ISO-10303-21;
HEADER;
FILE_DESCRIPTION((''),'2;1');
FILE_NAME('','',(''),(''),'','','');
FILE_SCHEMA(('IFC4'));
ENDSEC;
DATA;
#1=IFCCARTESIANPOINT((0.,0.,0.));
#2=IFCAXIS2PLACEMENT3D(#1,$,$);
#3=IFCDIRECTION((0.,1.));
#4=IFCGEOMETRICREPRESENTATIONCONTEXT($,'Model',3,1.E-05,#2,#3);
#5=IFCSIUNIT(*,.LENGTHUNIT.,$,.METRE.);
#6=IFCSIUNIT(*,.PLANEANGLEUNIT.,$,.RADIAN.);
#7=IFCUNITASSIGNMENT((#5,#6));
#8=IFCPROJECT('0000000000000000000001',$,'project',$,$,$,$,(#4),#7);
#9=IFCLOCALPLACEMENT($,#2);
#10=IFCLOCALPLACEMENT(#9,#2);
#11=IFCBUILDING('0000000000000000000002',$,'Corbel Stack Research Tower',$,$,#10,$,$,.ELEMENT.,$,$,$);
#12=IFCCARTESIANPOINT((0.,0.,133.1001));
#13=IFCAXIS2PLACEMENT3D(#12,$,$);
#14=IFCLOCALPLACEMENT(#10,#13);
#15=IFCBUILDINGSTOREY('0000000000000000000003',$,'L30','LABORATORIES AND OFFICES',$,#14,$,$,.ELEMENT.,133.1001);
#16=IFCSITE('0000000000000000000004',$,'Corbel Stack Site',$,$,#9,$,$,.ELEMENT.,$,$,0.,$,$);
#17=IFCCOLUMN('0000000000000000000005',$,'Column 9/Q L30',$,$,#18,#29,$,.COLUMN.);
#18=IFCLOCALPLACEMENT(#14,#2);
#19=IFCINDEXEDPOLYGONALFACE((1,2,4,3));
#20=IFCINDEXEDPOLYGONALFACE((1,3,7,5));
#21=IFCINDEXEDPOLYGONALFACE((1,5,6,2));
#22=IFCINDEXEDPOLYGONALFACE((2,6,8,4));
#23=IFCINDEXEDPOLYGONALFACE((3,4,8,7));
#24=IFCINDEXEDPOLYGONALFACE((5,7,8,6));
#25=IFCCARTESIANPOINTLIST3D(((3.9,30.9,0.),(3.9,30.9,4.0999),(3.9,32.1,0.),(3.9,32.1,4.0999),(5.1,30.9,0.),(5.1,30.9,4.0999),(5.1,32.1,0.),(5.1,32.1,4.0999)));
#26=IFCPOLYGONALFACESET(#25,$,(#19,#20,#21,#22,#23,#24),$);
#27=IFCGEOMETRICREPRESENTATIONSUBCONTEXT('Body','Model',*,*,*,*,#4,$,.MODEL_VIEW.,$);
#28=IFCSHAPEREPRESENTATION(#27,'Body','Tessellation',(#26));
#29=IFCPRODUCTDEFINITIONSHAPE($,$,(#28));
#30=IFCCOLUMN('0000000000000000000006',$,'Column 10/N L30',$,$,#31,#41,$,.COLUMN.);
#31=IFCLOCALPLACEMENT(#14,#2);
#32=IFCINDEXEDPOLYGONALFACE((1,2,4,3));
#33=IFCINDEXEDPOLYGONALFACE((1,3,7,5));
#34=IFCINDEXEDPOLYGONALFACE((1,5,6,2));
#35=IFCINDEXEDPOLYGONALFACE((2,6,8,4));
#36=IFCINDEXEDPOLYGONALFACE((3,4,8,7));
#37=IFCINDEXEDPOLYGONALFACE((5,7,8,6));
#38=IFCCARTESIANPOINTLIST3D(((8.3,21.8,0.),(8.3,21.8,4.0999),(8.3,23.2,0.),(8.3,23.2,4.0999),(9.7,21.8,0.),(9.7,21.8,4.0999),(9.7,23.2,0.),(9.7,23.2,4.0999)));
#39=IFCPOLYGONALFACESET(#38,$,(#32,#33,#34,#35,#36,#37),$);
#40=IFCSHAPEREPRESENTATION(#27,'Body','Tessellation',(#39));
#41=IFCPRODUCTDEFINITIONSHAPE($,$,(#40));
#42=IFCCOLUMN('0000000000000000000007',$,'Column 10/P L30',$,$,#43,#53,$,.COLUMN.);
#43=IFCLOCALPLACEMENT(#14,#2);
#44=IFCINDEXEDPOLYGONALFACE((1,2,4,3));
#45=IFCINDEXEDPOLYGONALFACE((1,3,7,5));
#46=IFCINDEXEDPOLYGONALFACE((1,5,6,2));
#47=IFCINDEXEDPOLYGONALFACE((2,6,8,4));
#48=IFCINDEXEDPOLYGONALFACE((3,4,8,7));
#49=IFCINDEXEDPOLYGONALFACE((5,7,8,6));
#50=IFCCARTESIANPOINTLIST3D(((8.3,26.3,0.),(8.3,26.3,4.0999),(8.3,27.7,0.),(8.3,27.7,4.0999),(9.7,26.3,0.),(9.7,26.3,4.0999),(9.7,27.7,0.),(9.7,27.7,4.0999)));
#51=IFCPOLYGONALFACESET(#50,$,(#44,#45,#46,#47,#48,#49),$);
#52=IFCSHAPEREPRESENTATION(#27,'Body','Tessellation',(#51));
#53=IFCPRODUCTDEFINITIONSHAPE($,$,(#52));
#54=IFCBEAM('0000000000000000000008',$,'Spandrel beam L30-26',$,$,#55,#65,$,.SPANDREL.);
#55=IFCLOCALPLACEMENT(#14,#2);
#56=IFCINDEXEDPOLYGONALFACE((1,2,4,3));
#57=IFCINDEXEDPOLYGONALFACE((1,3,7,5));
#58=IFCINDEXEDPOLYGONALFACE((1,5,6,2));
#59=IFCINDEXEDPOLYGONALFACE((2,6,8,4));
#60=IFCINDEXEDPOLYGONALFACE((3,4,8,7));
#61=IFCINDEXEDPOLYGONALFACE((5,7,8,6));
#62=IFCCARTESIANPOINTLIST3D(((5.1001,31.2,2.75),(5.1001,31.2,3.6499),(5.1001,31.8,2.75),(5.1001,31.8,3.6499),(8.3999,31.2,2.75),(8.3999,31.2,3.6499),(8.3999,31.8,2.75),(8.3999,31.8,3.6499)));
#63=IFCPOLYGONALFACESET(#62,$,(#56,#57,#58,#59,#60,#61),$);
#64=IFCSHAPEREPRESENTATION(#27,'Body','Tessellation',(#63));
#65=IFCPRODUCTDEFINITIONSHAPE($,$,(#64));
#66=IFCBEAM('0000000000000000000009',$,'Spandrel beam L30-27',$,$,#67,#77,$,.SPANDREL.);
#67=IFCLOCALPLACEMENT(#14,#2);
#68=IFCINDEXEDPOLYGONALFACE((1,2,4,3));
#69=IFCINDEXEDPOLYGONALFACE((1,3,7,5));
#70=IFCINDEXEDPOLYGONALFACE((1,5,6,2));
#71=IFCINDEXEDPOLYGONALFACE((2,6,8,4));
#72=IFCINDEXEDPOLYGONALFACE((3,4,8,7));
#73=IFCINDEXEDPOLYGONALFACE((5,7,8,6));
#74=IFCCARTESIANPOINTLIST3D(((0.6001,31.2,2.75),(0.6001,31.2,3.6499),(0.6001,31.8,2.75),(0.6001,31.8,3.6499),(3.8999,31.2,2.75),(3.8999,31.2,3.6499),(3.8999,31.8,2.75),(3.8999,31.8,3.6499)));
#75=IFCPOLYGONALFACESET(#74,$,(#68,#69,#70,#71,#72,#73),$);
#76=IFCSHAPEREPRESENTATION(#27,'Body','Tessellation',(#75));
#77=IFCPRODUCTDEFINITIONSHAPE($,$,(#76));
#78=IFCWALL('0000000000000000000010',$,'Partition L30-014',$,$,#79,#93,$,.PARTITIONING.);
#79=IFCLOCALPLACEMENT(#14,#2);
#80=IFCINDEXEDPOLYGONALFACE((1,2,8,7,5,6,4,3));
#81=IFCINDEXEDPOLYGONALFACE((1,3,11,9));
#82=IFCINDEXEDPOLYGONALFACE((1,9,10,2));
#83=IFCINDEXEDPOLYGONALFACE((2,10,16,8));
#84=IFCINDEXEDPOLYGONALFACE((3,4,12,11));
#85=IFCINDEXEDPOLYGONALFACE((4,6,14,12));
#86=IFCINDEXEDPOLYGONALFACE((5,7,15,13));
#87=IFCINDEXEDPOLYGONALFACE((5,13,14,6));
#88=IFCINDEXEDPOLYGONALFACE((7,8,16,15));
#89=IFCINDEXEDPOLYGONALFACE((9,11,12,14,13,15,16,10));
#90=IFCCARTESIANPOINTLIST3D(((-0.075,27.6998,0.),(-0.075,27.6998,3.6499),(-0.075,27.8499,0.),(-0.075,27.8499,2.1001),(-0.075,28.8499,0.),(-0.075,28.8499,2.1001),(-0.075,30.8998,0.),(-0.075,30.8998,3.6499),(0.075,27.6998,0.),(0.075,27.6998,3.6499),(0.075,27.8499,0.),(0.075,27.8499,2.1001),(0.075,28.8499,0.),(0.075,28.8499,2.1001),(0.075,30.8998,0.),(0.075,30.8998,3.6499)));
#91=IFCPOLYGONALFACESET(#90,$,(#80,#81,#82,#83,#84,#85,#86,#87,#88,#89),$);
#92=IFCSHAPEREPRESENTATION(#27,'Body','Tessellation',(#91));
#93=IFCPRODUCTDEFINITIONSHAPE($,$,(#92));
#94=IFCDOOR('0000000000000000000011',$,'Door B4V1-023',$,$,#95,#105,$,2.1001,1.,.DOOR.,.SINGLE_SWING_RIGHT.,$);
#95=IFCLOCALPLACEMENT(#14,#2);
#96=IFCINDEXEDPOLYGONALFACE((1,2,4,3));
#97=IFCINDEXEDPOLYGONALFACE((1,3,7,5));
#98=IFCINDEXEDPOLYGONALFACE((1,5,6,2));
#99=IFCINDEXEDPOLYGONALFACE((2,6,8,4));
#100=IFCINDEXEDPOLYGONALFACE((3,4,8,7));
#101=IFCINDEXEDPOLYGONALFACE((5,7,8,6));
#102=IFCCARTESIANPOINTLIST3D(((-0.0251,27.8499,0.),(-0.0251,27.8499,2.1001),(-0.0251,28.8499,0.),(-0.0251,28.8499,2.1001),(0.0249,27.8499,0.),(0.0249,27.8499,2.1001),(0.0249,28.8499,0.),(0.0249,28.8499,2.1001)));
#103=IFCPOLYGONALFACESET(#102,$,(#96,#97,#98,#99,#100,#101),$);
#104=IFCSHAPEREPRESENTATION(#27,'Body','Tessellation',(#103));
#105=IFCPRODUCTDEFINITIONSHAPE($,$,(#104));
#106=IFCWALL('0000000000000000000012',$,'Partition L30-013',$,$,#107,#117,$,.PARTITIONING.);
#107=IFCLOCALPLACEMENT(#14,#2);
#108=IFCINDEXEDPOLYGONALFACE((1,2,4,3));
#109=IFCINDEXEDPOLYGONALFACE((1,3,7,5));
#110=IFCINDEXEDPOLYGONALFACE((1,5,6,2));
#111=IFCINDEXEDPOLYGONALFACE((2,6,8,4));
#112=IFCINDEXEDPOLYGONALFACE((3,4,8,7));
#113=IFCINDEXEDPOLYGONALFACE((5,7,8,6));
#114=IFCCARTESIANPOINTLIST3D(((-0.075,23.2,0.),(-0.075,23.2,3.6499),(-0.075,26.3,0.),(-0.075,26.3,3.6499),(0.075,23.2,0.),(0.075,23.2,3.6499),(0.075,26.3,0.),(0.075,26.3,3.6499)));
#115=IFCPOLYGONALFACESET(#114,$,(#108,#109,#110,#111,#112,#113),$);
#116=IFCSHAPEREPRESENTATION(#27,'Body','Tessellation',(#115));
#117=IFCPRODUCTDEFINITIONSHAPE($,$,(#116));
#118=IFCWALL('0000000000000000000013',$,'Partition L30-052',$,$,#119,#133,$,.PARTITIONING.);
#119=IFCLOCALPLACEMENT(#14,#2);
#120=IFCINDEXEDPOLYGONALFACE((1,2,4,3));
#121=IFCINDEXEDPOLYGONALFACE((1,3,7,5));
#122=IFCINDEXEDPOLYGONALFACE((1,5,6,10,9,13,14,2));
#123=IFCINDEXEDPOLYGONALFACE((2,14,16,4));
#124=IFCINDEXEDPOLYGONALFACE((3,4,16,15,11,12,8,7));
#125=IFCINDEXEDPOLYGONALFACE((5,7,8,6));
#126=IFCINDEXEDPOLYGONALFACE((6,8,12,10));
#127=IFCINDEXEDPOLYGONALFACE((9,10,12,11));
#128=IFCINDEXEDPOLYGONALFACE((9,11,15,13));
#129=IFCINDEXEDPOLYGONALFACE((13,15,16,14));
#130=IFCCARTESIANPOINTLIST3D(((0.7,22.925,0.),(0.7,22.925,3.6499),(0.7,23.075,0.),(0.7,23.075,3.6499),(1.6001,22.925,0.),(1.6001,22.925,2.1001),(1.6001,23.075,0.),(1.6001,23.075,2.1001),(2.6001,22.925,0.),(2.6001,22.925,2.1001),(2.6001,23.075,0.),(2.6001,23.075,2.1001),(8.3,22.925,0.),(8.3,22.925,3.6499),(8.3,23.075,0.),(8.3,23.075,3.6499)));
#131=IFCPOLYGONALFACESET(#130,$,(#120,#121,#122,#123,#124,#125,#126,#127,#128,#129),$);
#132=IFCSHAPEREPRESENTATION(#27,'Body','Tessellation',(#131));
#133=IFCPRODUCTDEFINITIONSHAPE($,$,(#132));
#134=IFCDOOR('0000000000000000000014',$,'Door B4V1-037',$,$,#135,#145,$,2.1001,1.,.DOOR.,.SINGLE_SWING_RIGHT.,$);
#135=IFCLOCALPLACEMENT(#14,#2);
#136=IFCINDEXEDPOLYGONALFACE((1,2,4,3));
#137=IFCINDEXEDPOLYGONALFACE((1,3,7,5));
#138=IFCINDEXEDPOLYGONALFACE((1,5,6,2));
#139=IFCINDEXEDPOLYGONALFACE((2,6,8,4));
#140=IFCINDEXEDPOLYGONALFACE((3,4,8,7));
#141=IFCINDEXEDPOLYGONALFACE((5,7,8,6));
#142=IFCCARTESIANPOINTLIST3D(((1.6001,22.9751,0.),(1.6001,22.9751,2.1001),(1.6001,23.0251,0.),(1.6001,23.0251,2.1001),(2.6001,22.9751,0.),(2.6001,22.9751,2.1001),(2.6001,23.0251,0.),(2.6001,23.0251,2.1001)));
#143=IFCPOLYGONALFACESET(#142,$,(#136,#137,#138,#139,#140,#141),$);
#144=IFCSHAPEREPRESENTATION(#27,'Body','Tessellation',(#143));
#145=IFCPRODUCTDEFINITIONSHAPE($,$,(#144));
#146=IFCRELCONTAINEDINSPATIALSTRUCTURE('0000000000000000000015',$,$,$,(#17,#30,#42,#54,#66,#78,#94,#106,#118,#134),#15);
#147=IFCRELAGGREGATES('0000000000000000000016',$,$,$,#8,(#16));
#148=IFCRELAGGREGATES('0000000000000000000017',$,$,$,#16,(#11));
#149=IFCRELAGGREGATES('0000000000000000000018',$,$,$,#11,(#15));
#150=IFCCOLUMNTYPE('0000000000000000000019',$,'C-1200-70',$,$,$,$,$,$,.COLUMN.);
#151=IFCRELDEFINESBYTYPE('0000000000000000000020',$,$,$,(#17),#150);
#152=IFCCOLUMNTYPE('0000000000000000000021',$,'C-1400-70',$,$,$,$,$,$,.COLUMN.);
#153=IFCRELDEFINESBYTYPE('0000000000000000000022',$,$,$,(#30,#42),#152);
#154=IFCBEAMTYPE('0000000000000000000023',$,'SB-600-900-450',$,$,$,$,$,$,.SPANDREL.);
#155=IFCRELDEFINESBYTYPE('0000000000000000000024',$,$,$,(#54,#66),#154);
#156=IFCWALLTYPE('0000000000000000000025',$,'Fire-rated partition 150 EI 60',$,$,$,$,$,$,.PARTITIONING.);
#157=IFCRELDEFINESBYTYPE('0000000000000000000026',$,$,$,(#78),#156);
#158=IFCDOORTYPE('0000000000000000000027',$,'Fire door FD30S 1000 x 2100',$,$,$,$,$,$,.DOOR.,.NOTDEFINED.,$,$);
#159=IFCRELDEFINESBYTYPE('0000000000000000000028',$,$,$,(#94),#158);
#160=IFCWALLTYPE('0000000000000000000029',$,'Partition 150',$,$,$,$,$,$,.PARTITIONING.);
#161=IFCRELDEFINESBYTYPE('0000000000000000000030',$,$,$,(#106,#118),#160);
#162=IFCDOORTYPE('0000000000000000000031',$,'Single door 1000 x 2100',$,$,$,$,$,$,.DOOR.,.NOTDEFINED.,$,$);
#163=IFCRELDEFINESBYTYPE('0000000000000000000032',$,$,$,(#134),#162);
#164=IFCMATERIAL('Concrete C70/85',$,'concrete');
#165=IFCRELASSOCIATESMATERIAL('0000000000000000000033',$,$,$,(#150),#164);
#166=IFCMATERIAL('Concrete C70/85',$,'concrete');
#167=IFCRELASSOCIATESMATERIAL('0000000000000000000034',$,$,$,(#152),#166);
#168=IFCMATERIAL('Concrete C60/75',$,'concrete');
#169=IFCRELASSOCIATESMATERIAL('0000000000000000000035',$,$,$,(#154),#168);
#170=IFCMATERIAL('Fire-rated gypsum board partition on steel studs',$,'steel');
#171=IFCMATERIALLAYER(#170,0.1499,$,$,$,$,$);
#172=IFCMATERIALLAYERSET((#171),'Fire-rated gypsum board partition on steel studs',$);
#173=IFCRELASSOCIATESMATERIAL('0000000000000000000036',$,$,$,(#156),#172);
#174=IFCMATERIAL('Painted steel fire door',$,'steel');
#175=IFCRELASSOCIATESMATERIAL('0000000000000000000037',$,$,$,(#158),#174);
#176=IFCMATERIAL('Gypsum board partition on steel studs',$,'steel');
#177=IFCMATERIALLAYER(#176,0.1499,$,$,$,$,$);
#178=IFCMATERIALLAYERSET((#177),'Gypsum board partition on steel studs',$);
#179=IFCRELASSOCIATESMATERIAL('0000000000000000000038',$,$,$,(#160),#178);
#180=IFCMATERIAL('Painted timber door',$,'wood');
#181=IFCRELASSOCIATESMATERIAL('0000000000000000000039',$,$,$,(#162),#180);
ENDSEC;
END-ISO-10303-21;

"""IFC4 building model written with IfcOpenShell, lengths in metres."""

from ifc_helpers import new_model, si_unit, direction, frame, frame_2d, origin, origin_2d, place, context, subcontext, project, spatial, rectangle, extrude, material, layer, layer_set, material_profile, profile_set, type_object, element, fill, save


model = new_model("IFC4")

# Units and contexts
model_context = context("Model", 3, precision=1e-05, world=origin(), true_north=direction((0.0, 1.0)))
body_context = subcontext(model_context, "Body", "Model", "MODEL_VIEW")
ifc_project = project(units=[si_unit("LENGTHUNIT", "METRE"), si_unit("PLANEANGLEUNIT", "RADIAN")], contexts=[model_context])

# Site, building, storey
site_placement = place(None, origin())
site = spatial("IfcSite", under=ifc_project, at=site_placement, Name="Corbel Stack Site", CompositionType="ELEMENT", RefElevation=0.0)
building_placement = place(site_placement, origin())
building = spatial("IfcBuilding", under=site, at=building_placement, Name="Corbel Stack Research Tower", CompositionType="ELEMENT")
storey_placement = place(building_placement, frame((0.0, 0.0, 133.1001)))
storey = spatial("IfcBuildingStorey", under=building, at=storey_placement, Name="L30", Description="LABORATORIES AND OFFICES", CompositionType="ELEMENT", Elevation=133.1001)

# Columns
ifc_material_1 = material(Name="Concrete C70/85", Category="concrete")
ifc_material_profile_1 = material_profile(ifc_material_1, rectangle(XDim=1.2, YDim=1.2, at=origin_2d()), Name="RC 1200 x 1200")
ifc_profile_set_1 = profile_set([ifc_material_profile_1], Name="Concrete C70/85")
column_type_1 = type_object("IfcColumnType", Name="C-1200-70", PredefinedType="COLUMN", material=ifc_profile_set_1)
column_placement = place(storey_placement, frame((4.5, 31.5, 0.0), z_axis=(0.0, 0.0, 1.0), x_axis=(1.0, 0.0, 0.0)))
element("IfcColumn", 1, at=column_placement, inside=storey, type_object=column_type_1, Name="Column 9/Q L30", PredefinedType="COLUMN", context=body_context, shape_type="SweptSolid", body=[
    extrude(rectangle(XDim=1.2, YDim=1.2, at=origin_2d()), origin(), (0.0, 0.0, 1.0), 4.0999),
])
ifc_material_2 = material(Name="Concrete C70/85", Category="concrete")
ifc_material_profile_2 = material_profile(ifc_material_2, rectangle(XDim=1.3999, YDim=1.3999, at=origin_2d()), Name="RC 1400 x 1400")
ifc_profile_set_2 = profile_set([ifc_material_profile_2], Name="Concrete C70/85")
column_type_2 = type_object("IfcColumnType", Name="C-1400-70", PredefinedType="COLUMN", material=ifc_profile_set_2)
for number, where, z_axis, x_axis, name in (
    (2, (9.0, 22.5, 0.0), (0.0, 0.0, 1.0), (1.0, 0.0, 0.0), "Column 10/N L30"),
    (3, (9.0, 27.0, 0.0), (0.0, 0.0, 1.0), (1.0, 0.0, 0.0), "Column 10/P L30"),
):
    element("IfcColumn", number, at=place(storey_placement, frame(where, z_axis=z_axis, x_axis=x_axis)), inside=storey, type_object=column_type_2, Name=name, PredefinedType="COLUMN", context=body_context, shape_type="SweptSolid", body=[
        extrude(rectangle(XDim=1.3999, YDim=1.3999, at=origin_2d()), origin(), (0.0, 0.0, 1.0), 4.0999),
    ])

# Beams
ifc_material_3 = material(Name="Concrete C60/75", Category="concrete")
ifc_material_profile_3 = material_profile(ifc_material_3, rectangle(XDim=0.6001, YDim=0.8999, at=origin_2d()), Name="RC 600 x 900")
ifc_profile_set_3 = profile_set([ifc_material_profile_3], Name="Concrete C60/75")
beam_type = type_object("IfcBeamType", Name="SB-600-900-450", PredefinedType="SPANDREL", material=ifc_profile_set_3)
for number, where, z_axis, x_axis, name in (
    (4, (8.3999, 31.5, 3.2), (-1.0, 0.0, 0.0), (0.0, -1.0, 0.0), "Spandrel beam L30-26"),
    (5, (3.8999, 31.5, 3.2), (-1.0, 0.0, 0.0), (0.0, -1.0, 0.0), "Spandrel beam L30-27"),
):
    element("IfcBeam", number, at=place(storey_placement, frame(where, z_axis=z_axis, x_axis=x_axis)), inside=storey, type_object=beam_type, Name=name, PredefinedType="SPANDREL", context=body_context, shape_type="SweptSolid", body=[
        extrude(rectangle(XDim=0.6001, YDim=0.8999, at=origin_2d()), origin(), (0.0, 0.0, 1.0), 3.2998),
    ])

# Wall, opening, door
ifc_material_4 = material(Name="Fire-rated gypsum board partition on steel studs", Category="steel")
ifc_layer_1 = layer(ifc_material_4, 0.1499)
ifc_layer_set_1 = layer_set([ifc_layer_1], Name="Fire-rated gypsum board partition on steel studs")
wall_type_1 = type_object("IfcWallType", Name="Fire-rated partition 150 EI 60", PredefinedType="PARTITIONING", material=ifc_layer_set_1)
wall_1_placement = place(storey_placement, frame((0.0, 30.8999, 0.0), z_axis=(0.0, 0.0, 1.0), x_axis=(0.0, -1.0, 0.0)))
wall_1 = element("IfcWall", 6, at=wall_1_placement, inside=storey, type_object=wall_type_1, Name="Partition L30-014", PredefinedType="PARTITIONING", context=body_context, shape_type="SweptSolid", body=[
    extrude(rectangle(XDim=3.2, YDim=0.1499, at=frame_2d((1.6001, 0.0))), origin(), (0.0, 0.0, 1.0), 3.6499),
])
opening_1_placement = place(wall_1_placement, frame((2.05, 0.0, 0.0)))
opening_1 = element("IfcOpeningElement", 7, at=opening_1_placement, cuts=wall_1, PredefinedType="OPENING", context=body_context, shape_type="SweptSolid", body=[
    extrude(rectangle(XDim=1.0, YDim=2.1001, at=frame_2d((0.5, 1.05))), frame((0.0, 0.085, 0.0), z_axis=(0.0, -1.0, 0.0), x_axis=(1.0, 0.0, 0.0)), (0.0, 0.0, 1.0), 0.1699),
])
ifc_material_5 = material(Name="Painted steel fire door", Category="steel")
door_type_1 = type_object("IfcDoorType", Name="Fire door FD30S 1000 x 2100", OperationType="NOTDEFINED", PredefinedType="DOOR", material=ifc_material_5)
door_1_placement = place(opening_1_placement, origin())
door_1 = element("IfcDoor", 8, at=door_1_placement, inside=storey, type_object=door_type_1, Name="Door B4V1-023", OperationType="SINGLE_SWING_RIGHT", OverallHeight=2.1001, OverallWidth=1.0, PredefinedType="DOOR", context=body_context, shape_type="SweptSolid", body=[
    extrude(rectangle(XDim=1.0, YDim=2.1001, at=frame_2d((0.5, 1.05))), frame((0.0, 0.0249, 0.0), z_axis=(0.0, -1.0, 0.0), x_axis=(1.0, 0.0, 0.0)), (0.0, 0.0, 1.0), 0.05),
])
fill(opening_1, door_1)

# Wall
ifc_material_6 = material(Name="Gypsum board partition on steel studs", Category="steel")
ifc_layer_2 = layer(ifc_material_6, 0.1499)
ifc_layer_set_2 = layer_set([ifc_layer_2], Name="Gypsum board partition on steel studs")
wall_type_2 = type_object("IfcWallType", Name="Partition 150", PredefinedType="PARTITIONING", material=ifc_layer_set_2)
wall_2_placement = place(storey_placement, frame((0.0, 23.2, 0.0), z_axis=(0.0, 0.0, 1.0), x_axis=(0.0, 1.0, 0.0)))
element("IfcWall", 9, at=wall_2_placement, inside=storey, type_object=wall_type_2, Name="Partition L30-013", PredefinedType="PARTITIONING", context=body_context, shape_type="SweptSolid", body=[
    extrude(rectangle(XDim=3.1001, YDim=0.1499, at=frame_2d((1.55, 0.0))), origin(), (0.0, 0.0, 1.0), 3.6499),
])

# Wall, opening, door
wall_3_placement = place(storey_placement, frame((8.3, 23.0, 0.0), z_axis=(0.0, 0.0, 1.0), x_axis=(-1.0, 0.0, 0.0)))
wall_3 = element("IfcWall", 10, at=wall_3_placement, inside=storey, type_object=wall_type_2, Name="Partition L30-052", PredefinedType="PARTITIONING", context=body_context, shape_type="SweptSolid", body=[
    extrude(rectangle(XDim=7.6001, YDim=0.1499, at=frame_2d((3.8, 0.0))), origin(), (0.0, 0.0, 1.0), 3.6499),
])
opening_2_placement = place(wall_3_placement, frame((5.7, 0.0, 0.0)))
opening_2 = element("IfcOpeningElement", 11, at=opening_2_placement, cuts=wall_3, PredefinedType="OPENING", context=body_context, shape_type="SweptSolid", body=[
    extrude(rectangle(XDim=1.0, YDim=2.1001, at=frame_2d((0.5, 1.05))), frame((0.0, 0.085, 0.0), z_axis=(0.0, -1.0, 0.0), x_axis=(1.0, 0.0, 0.0)), (0.0, 0.0, 1.0), 0.1699),
])
ifc_material_7 = material(Name="Painted timber door", Category="wood")
door_type_2 = type_object("IfcDoorType", Name="Single door 1000 x 2100", OperationType="NOTDEFINED", PredefinedType="DOOR", material=ifc_material_7)
door_2_placement = place(opening_2_placement, origin())
door_2 = element("IfcDoor", 12, at=door_2_placement, inside=storey, type_object=door_type_2, Name="Door B4V1-037", OperationType="SINGLE_SWING_RIGHT", OverallHeight=2.1001, OverallWidth=1.0, PredefinedType="DOOR", context=body_context, shape_type="SweptSolid", body=[
    extrude(rectangle(XDim=1.0, YDim=2.1001, at=frame_2d((0.5, 1.05))), frame((0.0, 0.0249, 0.0), z_axis=(0.0, -1.0, 0.0), x_axis=(1.0, 0.0, 0.0)), (0.0, 0.0, 1.0), 0.05),
])
fill(opening_2, door_2)

save(model, "model.ifc")
